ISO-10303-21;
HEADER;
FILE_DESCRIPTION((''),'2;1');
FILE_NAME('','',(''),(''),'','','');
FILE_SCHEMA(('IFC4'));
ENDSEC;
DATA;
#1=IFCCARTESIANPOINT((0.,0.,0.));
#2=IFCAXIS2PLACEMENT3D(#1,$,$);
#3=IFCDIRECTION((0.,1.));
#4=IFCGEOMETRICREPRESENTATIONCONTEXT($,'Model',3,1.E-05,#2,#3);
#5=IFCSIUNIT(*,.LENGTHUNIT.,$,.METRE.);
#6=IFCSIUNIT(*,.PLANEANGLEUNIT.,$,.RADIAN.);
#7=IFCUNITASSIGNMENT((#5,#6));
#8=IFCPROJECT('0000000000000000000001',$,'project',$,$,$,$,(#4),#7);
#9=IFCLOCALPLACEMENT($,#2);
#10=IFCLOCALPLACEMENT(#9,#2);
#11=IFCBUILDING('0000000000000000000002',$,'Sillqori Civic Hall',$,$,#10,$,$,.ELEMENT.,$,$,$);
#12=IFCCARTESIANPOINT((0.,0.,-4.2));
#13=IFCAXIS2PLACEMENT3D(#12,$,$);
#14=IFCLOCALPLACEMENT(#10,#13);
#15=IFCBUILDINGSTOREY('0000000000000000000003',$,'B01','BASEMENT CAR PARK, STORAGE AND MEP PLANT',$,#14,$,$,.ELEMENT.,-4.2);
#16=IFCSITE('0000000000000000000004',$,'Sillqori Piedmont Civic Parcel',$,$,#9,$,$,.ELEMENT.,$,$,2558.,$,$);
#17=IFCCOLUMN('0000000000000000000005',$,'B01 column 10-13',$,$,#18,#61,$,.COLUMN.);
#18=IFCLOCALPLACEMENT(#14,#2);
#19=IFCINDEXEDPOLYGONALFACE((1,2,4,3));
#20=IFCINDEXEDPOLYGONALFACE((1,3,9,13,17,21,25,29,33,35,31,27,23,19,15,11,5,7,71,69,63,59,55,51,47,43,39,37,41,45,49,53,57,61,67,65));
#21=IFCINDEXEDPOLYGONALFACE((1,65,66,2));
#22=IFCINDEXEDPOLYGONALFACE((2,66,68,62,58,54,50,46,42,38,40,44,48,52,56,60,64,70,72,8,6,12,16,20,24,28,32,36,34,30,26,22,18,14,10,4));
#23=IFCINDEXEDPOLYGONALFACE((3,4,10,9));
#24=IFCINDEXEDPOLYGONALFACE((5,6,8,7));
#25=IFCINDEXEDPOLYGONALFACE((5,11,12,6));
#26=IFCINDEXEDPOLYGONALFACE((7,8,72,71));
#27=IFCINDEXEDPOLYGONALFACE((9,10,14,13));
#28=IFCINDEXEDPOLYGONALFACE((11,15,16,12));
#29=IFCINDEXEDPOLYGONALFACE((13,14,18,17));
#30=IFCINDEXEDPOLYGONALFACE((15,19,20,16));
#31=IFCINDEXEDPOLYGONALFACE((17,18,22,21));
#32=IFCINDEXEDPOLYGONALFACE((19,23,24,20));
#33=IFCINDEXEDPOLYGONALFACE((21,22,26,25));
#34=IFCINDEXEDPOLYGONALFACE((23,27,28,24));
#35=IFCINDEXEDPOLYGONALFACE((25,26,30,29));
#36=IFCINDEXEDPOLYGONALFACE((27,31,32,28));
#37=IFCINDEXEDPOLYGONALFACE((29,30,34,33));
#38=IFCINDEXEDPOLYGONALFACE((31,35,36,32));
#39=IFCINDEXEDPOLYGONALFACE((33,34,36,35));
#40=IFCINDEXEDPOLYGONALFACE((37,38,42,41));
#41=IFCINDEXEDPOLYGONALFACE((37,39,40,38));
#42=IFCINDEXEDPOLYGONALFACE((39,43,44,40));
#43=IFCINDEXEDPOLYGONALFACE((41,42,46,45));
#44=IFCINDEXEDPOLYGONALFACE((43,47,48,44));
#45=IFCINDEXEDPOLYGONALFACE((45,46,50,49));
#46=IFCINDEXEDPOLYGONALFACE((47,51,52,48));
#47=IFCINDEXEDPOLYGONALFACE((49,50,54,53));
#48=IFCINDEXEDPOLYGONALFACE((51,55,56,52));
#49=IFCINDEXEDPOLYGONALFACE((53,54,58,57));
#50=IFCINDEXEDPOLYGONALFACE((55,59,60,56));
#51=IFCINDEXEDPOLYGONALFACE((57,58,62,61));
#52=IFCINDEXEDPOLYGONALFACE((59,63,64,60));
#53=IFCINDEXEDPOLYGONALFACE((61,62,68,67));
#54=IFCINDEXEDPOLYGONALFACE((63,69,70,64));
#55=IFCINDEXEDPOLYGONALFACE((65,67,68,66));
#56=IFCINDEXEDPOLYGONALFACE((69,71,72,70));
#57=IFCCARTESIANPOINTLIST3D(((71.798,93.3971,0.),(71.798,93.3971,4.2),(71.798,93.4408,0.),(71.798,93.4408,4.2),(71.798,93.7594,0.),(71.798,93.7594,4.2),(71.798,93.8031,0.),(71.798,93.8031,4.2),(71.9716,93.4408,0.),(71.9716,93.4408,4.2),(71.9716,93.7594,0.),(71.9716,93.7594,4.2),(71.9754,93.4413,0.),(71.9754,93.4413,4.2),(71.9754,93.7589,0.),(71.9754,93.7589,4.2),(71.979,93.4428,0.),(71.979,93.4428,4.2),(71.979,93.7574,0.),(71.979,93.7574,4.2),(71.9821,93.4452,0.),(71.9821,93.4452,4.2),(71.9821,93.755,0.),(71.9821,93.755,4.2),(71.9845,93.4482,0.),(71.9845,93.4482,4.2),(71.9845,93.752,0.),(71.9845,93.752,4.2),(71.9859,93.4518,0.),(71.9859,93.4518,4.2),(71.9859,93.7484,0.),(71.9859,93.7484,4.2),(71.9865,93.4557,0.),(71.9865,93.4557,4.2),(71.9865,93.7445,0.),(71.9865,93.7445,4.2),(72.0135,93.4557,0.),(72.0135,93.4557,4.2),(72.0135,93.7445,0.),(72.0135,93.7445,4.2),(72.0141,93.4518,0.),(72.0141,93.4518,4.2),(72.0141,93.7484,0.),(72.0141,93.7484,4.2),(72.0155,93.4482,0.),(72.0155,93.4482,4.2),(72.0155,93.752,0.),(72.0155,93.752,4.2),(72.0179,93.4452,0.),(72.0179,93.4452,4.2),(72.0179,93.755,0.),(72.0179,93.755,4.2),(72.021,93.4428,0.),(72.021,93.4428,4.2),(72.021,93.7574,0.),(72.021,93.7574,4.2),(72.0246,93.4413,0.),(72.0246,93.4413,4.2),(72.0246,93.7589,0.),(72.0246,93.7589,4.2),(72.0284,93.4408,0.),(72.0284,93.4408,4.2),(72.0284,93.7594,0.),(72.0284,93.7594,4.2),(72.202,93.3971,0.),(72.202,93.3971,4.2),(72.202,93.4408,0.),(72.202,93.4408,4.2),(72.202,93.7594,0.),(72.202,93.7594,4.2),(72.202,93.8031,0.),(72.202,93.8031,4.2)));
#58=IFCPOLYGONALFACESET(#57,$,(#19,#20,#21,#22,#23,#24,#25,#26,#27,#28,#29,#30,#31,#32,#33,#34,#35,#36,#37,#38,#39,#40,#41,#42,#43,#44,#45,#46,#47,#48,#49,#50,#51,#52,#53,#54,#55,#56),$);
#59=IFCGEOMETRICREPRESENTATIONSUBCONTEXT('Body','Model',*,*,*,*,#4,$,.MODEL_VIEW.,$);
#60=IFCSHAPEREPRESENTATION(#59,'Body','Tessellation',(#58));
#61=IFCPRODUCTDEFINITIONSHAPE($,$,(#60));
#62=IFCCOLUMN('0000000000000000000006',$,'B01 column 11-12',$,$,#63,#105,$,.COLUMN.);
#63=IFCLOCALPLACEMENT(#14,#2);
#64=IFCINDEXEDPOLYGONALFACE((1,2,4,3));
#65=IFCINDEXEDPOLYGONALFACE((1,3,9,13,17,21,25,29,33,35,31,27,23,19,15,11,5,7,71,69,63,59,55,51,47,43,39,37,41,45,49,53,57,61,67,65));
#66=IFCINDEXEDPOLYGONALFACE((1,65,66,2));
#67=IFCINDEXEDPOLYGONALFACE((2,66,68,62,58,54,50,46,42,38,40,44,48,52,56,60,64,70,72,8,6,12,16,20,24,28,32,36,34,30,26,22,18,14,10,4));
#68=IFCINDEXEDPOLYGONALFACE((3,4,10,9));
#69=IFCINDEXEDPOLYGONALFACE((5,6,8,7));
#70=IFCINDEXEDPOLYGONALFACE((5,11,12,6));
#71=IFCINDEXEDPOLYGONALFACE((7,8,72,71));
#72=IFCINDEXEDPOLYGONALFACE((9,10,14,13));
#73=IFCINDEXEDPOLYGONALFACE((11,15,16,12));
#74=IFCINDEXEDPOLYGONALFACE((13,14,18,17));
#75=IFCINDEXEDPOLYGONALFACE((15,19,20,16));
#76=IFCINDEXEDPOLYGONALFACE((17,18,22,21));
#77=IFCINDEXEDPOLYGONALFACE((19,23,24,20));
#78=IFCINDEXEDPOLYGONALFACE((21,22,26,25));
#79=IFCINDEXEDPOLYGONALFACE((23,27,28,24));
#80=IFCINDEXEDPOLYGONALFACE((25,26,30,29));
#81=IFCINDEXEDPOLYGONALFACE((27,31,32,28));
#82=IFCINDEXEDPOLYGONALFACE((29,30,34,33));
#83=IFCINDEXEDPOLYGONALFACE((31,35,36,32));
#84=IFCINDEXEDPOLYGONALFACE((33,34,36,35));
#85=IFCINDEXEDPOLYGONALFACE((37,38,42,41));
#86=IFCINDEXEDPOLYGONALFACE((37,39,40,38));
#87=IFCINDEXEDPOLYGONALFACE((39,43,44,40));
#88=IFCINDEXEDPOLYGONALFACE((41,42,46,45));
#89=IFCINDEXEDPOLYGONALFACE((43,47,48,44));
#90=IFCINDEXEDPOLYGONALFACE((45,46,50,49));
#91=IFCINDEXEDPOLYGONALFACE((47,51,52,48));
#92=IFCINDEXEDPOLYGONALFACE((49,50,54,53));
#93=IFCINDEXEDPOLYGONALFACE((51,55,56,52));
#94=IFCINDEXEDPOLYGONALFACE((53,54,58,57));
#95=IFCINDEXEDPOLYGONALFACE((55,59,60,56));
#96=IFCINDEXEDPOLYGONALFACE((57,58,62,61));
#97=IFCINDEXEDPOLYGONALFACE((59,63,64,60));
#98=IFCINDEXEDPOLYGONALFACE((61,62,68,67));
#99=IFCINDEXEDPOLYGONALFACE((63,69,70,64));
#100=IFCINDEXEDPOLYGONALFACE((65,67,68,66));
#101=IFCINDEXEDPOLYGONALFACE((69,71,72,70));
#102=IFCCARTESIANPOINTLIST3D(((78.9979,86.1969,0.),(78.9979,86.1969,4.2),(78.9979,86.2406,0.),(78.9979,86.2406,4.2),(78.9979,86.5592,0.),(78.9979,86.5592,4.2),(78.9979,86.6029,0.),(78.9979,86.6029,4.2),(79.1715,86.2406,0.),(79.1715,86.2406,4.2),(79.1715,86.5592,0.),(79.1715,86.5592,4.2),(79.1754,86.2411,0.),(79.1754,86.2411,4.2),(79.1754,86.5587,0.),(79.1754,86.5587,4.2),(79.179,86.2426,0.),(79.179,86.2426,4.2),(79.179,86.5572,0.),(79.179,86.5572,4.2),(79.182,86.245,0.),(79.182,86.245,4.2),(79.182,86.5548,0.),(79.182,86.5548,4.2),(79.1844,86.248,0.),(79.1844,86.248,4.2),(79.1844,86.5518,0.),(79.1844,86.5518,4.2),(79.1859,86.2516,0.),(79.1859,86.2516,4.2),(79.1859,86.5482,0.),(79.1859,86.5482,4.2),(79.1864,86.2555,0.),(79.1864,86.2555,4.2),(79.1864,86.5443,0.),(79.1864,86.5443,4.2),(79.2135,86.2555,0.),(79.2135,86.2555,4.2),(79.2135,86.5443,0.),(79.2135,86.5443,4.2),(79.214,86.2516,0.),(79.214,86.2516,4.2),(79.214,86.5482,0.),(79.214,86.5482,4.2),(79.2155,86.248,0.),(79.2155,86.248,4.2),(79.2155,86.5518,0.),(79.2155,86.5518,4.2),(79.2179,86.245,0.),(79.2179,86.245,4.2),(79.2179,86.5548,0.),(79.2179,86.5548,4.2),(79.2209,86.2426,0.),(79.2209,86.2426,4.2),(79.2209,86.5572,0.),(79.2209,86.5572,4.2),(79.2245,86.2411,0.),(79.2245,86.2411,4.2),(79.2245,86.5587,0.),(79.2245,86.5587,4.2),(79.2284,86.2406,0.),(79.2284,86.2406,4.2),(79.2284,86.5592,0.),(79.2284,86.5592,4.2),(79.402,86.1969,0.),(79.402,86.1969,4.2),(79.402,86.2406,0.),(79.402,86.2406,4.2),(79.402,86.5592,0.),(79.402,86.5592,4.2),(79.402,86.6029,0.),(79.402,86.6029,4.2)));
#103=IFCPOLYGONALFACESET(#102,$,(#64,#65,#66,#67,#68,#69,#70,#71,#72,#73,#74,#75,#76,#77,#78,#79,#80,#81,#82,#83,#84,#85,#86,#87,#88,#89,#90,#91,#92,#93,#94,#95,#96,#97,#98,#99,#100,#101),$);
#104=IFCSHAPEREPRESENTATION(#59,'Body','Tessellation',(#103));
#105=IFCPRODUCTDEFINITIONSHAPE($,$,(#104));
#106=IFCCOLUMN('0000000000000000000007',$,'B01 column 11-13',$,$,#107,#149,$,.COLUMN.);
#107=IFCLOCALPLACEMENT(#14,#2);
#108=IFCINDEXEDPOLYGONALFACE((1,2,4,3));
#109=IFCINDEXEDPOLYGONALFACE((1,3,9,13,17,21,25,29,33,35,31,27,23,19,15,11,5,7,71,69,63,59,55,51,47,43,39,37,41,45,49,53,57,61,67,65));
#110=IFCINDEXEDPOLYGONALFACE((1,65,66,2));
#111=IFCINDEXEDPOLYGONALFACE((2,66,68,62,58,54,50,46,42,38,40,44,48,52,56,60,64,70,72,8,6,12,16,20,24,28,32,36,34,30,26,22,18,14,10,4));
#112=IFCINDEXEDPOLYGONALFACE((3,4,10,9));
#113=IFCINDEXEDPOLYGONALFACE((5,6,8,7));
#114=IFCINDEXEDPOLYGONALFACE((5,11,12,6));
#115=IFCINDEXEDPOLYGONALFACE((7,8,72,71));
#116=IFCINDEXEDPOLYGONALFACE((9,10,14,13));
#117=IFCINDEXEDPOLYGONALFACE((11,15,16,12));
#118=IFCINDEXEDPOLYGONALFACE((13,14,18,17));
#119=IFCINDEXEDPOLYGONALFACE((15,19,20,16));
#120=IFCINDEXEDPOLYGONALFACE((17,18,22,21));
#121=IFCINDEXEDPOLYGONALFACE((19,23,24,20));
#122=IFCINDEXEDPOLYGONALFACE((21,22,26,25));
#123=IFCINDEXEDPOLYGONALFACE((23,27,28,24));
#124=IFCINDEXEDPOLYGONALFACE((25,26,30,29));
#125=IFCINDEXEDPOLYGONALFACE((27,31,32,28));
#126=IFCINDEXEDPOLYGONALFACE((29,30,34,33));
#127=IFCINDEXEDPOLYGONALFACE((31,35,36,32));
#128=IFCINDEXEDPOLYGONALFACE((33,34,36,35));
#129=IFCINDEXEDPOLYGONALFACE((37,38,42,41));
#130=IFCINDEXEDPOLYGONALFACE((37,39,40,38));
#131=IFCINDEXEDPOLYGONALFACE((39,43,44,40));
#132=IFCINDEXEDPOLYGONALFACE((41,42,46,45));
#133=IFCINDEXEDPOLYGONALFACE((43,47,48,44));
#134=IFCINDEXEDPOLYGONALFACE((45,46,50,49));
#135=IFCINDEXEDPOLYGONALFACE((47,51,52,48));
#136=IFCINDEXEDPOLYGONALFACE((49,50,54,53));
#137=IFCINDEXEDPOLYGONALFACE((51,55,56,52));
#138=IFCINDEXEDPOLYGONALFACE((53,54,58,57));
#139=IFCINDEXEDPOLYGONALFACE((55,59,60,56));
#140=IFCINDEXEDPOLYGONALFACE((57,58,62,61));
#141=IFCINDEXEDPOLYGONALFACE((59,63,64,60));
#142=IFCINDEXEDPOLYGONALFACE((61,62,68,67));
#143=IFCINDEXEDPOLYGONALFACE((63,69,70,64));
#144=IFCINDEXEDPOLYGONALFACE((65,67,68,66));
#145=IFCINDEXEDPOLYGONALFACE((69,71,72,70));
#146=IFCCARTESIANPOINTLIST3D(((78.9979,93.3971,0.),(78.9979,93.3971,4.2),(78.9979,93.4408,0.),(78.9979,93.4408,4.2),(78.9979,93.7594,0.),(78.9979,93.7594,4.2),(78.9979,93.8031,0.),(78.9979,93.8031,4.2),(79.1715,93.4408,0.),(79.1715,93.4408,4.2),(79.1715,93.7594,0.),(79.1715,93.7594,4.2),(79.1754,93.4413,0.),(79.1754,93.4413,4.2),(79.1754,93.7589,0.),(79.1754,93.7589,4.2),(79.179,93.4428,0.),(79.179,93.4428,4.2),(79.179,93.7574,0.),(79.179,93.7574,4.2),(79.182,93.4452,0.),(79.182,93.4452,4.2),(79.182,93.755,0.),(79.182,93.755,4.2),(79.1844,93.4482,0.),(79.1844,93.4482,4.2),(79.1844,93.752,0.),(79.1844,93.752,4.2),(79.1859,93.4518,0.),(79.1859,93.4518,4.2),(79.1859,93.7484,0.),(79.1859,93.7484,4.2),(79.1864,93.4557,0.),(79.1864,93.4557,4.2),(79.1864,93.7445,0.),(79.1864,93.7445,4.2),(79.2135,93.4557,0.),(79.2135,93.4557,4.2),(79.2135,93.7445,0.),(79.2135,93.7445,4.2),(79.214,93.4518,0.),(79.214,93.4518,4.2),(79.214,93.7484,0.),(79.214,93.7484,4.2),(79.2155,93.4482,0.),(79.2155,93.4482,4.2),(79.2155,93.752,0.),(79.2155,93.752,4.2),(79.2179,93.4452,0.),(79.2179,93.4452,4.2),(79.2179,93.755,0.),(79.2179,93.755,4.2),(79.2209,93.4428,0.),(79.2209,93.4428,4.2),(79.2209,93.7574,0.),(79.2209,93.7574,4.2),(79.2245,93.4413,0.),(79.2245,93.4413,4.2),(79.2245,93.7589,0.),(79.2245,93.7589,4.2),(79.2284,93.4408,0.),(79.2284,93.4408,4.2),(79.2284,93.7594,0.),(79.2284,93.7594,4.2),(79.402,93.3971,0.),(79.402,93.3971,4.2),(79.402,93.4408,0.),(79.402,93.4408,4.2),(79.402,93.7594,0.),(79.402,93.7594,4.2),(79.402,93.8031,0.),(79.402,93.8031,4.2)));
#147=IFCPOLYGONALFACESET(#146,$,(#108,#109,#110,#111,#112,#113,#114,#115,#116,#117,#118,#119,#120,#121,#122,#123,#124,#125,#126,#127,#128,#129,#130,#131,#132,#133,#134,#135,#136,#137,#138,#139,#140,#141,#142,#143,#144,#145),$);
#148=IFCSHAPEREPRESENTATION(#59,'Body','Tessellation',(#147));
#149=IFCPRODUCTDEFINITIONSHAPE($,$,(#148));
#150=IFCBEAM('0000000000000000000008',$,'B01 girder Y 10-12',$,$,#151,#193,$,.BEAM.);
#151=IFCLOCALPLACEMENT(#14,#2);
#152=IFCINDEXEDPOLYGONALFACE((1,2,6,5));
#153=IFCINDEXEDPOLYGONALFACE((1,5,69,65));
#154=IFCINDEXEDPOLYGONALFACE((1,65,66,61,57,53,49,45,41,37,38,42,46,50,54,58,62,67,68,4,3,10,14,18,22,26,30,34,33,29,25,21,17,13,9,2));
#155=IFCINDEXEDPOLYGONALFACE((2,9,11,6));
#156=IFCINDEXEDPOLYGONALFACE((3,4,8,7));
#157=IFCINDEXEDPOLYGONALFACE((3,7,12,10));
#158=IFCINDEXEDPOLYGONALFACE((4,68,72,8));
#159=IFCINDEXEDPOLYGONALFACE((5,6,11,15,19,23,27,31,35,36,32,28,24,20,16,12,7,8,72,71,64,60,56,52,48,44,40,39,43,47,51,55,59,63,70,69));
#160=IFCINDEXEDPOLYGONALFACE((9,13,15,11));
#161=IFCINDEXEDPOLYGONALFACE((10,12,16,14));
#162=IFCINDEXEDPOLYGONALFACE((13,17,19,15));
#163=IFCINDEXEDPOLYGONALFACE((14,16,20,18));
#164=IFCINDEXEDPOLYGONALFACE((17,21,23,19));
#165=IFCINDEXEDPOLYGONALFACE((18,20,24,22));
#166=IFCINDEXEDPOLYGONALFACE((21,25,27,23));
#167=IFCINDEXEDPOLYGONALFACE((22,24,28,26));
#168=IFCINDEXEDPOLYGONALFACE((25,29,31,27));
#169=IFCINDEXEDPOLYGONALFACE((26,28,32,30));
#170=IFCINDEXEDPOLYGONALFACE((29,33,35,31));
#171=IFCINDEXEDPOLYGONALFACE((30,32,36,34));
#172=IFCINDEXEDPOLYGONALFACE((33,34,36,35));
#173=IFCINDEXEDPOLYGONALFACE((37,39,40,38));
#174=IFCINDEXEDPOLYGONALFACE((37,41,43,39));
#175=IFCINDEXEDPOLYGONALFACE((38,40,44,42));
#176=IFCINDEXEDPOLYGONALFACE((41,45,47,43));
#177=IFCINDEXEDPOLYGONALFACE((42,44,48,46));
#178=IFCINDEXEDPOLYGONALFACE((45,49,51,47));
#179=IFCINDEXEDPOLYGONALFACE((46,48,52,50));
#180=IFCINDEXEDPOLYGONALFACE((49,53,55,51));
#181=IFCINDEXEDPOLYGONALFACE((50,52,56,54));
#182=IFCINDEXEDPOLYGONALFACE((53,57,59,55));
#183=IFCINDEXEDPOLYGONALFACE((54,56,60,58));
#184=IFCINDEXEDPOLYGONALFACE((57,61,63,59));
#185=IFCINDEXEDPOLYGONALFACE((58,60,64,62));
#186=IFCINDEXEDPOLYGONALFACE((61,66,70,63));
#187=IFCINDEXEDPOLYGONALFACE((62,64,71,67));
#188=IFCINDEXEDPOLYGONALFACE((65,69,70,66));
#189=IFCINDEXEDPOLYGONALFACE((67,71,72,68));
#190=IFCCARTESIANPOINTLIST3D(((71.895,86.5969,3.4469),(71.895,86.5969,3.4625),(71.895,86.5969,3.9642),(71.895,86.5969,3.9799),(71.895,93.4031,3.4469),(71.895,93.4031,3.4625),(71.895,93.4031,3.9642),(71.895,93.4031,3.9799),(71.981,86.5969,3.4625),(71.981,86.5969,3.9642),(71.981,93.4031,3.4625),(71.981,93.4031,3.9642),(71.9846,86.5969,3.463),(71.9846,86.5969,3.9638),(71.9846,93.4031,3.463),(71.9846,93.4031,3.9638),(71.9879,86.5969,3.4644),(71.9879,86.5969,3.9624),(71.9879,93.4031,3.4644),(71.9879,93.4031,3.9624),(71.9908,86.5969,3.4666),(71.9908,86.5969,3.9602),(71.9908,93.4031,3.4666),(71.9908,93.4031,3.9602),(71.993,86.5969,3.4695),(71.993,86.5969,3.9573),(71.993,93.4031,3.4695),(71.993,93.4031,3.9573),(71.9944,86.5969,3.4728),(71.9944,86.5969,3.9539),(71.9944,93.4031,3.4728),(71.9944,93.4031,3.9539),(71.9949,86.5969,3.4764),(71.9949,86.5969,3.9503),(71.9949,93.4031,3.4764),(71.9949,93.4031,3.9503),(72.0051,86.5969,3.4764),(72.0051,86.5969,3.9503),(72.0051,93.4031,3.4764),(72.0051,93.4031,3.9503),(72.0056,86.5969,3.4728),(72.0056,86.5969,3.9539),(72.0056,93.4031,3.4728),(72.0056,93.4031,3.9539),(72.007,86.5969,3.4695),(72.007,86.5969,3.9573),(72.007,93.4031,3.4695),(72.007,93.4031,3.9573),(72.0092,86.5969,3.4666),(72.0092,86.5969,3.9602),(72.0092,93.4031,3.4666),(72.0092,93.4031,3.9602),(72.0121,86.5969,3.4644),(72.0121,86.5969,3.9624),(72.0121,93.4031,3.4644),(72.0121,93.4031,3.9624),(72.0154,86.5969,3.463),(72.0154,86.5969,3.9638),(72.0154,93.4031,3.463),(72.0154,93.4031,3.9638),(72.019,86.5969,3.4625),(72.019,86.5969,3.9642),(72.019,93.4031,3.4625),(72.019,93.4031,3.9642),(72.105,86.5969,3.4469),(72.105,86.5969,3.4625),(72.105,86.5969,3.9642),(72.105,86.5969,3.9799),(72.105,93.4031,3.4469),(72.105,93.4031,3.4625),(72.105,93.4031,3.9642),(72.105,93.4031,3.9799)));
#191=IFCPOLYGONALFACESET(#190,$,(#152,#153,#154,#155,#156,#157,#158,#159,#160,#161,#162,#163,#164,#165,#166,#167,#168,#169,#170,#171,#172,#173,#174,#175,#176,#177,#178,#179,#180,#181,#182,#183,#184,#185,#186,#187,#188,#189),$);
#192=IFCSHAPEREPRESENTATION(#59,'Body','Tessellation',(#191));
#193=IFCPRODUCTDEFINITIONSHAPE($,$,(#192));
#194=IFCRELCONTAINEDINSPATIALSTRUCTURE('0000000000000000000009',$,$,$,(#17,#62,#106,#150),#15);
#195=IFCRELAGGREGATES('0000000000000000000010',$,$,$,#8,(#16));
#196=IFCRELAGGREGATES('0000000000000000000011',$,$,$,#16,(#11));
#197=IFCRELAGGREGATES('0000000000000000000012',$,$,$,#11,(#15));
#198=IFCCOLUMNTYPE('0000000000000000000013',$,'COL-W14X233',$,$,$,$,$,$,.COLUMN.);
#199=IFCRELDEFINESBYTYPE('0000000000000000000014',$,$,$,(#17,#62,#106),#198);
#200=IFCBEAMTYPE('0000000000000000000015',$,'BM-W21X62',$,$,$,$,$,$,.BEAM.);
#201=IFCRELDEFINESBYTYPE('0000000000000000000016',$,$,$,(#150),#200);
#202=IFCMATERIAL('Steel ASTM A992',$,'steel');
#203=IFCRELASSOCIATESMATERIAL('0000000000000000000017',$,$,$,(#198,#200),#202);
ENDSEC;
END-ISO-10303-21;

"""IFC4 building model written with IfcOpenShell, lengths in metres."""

from ifc_helpers import new_model, si_unit, direction, frame, origin, origin_2d, place, context, subcontext, project, spatial, i_section, extrude, material, material_profile, profile_set, type_object, element, save


model = new_model("IFC4")

# Units and contexts
model_context = context("Model", 3, precision=1e-05, world=origin(), true_north=direction((0.0, 1.0)))
body_context = subcontext(model_context, "Body", "Model", "MODEL_VIEW")
ifc_project = project(units=[si_unit("LENGTHUNIT", "METRE"), si_unit("PLANEANGLEUNIT", "RADIAN")], contexts=[model_context])

# Site, building, storey
site_placement = place(None, origin())
site = spatial("IfcSite", under=ifc_project, at=site_placement, Name="Sillqori Piedmont Civic Parcel", CompositionType="ELEMENT", RefElevation=2558.0)
building_placement = place(site_placement, origin())
building = spatial("IfcBuilding", under=site, at=building_placement, Name="Sillqori Civic Hall", CompositionType="ELEMENT")
storey_placement = place(building_placement, frame((0.0, 0.0, -4.2)))
storey = spatial("IfcBuildingStorey", under=building, at=storey_placement, Name="B01", Description="BASEMENT CAR PARK, STORAGE AND MEP PLANT", CompositionType="ELEMENT", Elevation=-4.2)

# Columns
ifc_material_1 = material(Name="Steel ASTM A992", Category="steel")
ifc_material_profile_1 = material_profile(ifc_material_1, i_section(OverallWidth=0.4041, OverallDepth=0.406, WebThickness=0.0271, FlangeThickness=0.0437, FilletRadius=0.0149, at=origin_2d()), Name="W14X233")
ifc_profile_set_1 = profile_set([ifc_material_profile_1], Name="Steel ASTM A992")
column_type = type_object("IfcColumnType", Name="COL-W14X233", PredefinedType="COLUMN", material=ifc_profile_set_1)
for number, where, z_axis, x_axis, name in (
    (1, (72.0, 93.6001, 0.0), (0.0, 0.0, 1.0), (1.0, 0.0, 0.0), "B01 column 10-13"),
    (2, (79.2, 86.3999, 0.0), (0.0, 0.0, 1.0), (1.0, 0.0, 0.0), "B01 column 11-12"),
    (3, (79.2, 93.6001, 0.0), (0.0, 0.0, 1.0), (1.0, 0.0, 0.0), "B01 column 11-13"),
):
    element("IfcColumn", number, at=place(storey_placement, frame(where, z_axis=z_axis, x_axis=x_axis)), inside=storey, type_object=column_type, Name=name, PredefinedType="COLUMN", context=body_context, shape_type="SweptSolid", body=[
        extrude(i_section(OverallWidth=0.4041, OverallDepth=0.406, WebThickness=0.0271, FlangeThickness=0.0437, FilletRadius=0.0149, at=origin_2d()), origin(), (0.0, 0.0, 1.0), 4.2),
    ])

# Beam
ifc_material_profile_2 = material_profile(ifc_material_1, i_section(OverallWidth=0.21, OverallDepth=0.533, WebThickness=0.0103, FlangeThickness=0.0156, FilletRadius=0.0139, at=origin_2d()), Name="W21X62")
ifc_profile_set_2 = profile_set([ifc_material_profile_2], Name="Steel ASTM A992")
beam_type_1 = type_object("IfcBeamType", Name="BM-W21X62", PredefinedType="BEAM", material=ifc_profile_set_2)
for number, where, z_axis, x_axis, name in (
    (4, (72.0, 86.5969, 3.7134), (0.0, 1.0, 0.0), (-1.0, 0.0, 0.0), "B01 girder Y 10-12"),
):
    element("IfcBeam", number, at=place(storey_placement, frame(where, z_axis=z_axis, x_axis=x_axis)), inside=storey, type_object=beam_type_1, Name=name, PredefinedType="BEAM", context=body_context, shape_type="SweptSolid", body=[
        extrude(i_section(OverallWidth=0.21, OverallDepth=0.533, WebThickness=0.0103, FlangeThickness=0.0156, FilletRadius=0.0139, at=origin_2d()), origin(), (0.0, 0.0, 1.0), 6.8062),
    ])

save(model, "model.ifc")
